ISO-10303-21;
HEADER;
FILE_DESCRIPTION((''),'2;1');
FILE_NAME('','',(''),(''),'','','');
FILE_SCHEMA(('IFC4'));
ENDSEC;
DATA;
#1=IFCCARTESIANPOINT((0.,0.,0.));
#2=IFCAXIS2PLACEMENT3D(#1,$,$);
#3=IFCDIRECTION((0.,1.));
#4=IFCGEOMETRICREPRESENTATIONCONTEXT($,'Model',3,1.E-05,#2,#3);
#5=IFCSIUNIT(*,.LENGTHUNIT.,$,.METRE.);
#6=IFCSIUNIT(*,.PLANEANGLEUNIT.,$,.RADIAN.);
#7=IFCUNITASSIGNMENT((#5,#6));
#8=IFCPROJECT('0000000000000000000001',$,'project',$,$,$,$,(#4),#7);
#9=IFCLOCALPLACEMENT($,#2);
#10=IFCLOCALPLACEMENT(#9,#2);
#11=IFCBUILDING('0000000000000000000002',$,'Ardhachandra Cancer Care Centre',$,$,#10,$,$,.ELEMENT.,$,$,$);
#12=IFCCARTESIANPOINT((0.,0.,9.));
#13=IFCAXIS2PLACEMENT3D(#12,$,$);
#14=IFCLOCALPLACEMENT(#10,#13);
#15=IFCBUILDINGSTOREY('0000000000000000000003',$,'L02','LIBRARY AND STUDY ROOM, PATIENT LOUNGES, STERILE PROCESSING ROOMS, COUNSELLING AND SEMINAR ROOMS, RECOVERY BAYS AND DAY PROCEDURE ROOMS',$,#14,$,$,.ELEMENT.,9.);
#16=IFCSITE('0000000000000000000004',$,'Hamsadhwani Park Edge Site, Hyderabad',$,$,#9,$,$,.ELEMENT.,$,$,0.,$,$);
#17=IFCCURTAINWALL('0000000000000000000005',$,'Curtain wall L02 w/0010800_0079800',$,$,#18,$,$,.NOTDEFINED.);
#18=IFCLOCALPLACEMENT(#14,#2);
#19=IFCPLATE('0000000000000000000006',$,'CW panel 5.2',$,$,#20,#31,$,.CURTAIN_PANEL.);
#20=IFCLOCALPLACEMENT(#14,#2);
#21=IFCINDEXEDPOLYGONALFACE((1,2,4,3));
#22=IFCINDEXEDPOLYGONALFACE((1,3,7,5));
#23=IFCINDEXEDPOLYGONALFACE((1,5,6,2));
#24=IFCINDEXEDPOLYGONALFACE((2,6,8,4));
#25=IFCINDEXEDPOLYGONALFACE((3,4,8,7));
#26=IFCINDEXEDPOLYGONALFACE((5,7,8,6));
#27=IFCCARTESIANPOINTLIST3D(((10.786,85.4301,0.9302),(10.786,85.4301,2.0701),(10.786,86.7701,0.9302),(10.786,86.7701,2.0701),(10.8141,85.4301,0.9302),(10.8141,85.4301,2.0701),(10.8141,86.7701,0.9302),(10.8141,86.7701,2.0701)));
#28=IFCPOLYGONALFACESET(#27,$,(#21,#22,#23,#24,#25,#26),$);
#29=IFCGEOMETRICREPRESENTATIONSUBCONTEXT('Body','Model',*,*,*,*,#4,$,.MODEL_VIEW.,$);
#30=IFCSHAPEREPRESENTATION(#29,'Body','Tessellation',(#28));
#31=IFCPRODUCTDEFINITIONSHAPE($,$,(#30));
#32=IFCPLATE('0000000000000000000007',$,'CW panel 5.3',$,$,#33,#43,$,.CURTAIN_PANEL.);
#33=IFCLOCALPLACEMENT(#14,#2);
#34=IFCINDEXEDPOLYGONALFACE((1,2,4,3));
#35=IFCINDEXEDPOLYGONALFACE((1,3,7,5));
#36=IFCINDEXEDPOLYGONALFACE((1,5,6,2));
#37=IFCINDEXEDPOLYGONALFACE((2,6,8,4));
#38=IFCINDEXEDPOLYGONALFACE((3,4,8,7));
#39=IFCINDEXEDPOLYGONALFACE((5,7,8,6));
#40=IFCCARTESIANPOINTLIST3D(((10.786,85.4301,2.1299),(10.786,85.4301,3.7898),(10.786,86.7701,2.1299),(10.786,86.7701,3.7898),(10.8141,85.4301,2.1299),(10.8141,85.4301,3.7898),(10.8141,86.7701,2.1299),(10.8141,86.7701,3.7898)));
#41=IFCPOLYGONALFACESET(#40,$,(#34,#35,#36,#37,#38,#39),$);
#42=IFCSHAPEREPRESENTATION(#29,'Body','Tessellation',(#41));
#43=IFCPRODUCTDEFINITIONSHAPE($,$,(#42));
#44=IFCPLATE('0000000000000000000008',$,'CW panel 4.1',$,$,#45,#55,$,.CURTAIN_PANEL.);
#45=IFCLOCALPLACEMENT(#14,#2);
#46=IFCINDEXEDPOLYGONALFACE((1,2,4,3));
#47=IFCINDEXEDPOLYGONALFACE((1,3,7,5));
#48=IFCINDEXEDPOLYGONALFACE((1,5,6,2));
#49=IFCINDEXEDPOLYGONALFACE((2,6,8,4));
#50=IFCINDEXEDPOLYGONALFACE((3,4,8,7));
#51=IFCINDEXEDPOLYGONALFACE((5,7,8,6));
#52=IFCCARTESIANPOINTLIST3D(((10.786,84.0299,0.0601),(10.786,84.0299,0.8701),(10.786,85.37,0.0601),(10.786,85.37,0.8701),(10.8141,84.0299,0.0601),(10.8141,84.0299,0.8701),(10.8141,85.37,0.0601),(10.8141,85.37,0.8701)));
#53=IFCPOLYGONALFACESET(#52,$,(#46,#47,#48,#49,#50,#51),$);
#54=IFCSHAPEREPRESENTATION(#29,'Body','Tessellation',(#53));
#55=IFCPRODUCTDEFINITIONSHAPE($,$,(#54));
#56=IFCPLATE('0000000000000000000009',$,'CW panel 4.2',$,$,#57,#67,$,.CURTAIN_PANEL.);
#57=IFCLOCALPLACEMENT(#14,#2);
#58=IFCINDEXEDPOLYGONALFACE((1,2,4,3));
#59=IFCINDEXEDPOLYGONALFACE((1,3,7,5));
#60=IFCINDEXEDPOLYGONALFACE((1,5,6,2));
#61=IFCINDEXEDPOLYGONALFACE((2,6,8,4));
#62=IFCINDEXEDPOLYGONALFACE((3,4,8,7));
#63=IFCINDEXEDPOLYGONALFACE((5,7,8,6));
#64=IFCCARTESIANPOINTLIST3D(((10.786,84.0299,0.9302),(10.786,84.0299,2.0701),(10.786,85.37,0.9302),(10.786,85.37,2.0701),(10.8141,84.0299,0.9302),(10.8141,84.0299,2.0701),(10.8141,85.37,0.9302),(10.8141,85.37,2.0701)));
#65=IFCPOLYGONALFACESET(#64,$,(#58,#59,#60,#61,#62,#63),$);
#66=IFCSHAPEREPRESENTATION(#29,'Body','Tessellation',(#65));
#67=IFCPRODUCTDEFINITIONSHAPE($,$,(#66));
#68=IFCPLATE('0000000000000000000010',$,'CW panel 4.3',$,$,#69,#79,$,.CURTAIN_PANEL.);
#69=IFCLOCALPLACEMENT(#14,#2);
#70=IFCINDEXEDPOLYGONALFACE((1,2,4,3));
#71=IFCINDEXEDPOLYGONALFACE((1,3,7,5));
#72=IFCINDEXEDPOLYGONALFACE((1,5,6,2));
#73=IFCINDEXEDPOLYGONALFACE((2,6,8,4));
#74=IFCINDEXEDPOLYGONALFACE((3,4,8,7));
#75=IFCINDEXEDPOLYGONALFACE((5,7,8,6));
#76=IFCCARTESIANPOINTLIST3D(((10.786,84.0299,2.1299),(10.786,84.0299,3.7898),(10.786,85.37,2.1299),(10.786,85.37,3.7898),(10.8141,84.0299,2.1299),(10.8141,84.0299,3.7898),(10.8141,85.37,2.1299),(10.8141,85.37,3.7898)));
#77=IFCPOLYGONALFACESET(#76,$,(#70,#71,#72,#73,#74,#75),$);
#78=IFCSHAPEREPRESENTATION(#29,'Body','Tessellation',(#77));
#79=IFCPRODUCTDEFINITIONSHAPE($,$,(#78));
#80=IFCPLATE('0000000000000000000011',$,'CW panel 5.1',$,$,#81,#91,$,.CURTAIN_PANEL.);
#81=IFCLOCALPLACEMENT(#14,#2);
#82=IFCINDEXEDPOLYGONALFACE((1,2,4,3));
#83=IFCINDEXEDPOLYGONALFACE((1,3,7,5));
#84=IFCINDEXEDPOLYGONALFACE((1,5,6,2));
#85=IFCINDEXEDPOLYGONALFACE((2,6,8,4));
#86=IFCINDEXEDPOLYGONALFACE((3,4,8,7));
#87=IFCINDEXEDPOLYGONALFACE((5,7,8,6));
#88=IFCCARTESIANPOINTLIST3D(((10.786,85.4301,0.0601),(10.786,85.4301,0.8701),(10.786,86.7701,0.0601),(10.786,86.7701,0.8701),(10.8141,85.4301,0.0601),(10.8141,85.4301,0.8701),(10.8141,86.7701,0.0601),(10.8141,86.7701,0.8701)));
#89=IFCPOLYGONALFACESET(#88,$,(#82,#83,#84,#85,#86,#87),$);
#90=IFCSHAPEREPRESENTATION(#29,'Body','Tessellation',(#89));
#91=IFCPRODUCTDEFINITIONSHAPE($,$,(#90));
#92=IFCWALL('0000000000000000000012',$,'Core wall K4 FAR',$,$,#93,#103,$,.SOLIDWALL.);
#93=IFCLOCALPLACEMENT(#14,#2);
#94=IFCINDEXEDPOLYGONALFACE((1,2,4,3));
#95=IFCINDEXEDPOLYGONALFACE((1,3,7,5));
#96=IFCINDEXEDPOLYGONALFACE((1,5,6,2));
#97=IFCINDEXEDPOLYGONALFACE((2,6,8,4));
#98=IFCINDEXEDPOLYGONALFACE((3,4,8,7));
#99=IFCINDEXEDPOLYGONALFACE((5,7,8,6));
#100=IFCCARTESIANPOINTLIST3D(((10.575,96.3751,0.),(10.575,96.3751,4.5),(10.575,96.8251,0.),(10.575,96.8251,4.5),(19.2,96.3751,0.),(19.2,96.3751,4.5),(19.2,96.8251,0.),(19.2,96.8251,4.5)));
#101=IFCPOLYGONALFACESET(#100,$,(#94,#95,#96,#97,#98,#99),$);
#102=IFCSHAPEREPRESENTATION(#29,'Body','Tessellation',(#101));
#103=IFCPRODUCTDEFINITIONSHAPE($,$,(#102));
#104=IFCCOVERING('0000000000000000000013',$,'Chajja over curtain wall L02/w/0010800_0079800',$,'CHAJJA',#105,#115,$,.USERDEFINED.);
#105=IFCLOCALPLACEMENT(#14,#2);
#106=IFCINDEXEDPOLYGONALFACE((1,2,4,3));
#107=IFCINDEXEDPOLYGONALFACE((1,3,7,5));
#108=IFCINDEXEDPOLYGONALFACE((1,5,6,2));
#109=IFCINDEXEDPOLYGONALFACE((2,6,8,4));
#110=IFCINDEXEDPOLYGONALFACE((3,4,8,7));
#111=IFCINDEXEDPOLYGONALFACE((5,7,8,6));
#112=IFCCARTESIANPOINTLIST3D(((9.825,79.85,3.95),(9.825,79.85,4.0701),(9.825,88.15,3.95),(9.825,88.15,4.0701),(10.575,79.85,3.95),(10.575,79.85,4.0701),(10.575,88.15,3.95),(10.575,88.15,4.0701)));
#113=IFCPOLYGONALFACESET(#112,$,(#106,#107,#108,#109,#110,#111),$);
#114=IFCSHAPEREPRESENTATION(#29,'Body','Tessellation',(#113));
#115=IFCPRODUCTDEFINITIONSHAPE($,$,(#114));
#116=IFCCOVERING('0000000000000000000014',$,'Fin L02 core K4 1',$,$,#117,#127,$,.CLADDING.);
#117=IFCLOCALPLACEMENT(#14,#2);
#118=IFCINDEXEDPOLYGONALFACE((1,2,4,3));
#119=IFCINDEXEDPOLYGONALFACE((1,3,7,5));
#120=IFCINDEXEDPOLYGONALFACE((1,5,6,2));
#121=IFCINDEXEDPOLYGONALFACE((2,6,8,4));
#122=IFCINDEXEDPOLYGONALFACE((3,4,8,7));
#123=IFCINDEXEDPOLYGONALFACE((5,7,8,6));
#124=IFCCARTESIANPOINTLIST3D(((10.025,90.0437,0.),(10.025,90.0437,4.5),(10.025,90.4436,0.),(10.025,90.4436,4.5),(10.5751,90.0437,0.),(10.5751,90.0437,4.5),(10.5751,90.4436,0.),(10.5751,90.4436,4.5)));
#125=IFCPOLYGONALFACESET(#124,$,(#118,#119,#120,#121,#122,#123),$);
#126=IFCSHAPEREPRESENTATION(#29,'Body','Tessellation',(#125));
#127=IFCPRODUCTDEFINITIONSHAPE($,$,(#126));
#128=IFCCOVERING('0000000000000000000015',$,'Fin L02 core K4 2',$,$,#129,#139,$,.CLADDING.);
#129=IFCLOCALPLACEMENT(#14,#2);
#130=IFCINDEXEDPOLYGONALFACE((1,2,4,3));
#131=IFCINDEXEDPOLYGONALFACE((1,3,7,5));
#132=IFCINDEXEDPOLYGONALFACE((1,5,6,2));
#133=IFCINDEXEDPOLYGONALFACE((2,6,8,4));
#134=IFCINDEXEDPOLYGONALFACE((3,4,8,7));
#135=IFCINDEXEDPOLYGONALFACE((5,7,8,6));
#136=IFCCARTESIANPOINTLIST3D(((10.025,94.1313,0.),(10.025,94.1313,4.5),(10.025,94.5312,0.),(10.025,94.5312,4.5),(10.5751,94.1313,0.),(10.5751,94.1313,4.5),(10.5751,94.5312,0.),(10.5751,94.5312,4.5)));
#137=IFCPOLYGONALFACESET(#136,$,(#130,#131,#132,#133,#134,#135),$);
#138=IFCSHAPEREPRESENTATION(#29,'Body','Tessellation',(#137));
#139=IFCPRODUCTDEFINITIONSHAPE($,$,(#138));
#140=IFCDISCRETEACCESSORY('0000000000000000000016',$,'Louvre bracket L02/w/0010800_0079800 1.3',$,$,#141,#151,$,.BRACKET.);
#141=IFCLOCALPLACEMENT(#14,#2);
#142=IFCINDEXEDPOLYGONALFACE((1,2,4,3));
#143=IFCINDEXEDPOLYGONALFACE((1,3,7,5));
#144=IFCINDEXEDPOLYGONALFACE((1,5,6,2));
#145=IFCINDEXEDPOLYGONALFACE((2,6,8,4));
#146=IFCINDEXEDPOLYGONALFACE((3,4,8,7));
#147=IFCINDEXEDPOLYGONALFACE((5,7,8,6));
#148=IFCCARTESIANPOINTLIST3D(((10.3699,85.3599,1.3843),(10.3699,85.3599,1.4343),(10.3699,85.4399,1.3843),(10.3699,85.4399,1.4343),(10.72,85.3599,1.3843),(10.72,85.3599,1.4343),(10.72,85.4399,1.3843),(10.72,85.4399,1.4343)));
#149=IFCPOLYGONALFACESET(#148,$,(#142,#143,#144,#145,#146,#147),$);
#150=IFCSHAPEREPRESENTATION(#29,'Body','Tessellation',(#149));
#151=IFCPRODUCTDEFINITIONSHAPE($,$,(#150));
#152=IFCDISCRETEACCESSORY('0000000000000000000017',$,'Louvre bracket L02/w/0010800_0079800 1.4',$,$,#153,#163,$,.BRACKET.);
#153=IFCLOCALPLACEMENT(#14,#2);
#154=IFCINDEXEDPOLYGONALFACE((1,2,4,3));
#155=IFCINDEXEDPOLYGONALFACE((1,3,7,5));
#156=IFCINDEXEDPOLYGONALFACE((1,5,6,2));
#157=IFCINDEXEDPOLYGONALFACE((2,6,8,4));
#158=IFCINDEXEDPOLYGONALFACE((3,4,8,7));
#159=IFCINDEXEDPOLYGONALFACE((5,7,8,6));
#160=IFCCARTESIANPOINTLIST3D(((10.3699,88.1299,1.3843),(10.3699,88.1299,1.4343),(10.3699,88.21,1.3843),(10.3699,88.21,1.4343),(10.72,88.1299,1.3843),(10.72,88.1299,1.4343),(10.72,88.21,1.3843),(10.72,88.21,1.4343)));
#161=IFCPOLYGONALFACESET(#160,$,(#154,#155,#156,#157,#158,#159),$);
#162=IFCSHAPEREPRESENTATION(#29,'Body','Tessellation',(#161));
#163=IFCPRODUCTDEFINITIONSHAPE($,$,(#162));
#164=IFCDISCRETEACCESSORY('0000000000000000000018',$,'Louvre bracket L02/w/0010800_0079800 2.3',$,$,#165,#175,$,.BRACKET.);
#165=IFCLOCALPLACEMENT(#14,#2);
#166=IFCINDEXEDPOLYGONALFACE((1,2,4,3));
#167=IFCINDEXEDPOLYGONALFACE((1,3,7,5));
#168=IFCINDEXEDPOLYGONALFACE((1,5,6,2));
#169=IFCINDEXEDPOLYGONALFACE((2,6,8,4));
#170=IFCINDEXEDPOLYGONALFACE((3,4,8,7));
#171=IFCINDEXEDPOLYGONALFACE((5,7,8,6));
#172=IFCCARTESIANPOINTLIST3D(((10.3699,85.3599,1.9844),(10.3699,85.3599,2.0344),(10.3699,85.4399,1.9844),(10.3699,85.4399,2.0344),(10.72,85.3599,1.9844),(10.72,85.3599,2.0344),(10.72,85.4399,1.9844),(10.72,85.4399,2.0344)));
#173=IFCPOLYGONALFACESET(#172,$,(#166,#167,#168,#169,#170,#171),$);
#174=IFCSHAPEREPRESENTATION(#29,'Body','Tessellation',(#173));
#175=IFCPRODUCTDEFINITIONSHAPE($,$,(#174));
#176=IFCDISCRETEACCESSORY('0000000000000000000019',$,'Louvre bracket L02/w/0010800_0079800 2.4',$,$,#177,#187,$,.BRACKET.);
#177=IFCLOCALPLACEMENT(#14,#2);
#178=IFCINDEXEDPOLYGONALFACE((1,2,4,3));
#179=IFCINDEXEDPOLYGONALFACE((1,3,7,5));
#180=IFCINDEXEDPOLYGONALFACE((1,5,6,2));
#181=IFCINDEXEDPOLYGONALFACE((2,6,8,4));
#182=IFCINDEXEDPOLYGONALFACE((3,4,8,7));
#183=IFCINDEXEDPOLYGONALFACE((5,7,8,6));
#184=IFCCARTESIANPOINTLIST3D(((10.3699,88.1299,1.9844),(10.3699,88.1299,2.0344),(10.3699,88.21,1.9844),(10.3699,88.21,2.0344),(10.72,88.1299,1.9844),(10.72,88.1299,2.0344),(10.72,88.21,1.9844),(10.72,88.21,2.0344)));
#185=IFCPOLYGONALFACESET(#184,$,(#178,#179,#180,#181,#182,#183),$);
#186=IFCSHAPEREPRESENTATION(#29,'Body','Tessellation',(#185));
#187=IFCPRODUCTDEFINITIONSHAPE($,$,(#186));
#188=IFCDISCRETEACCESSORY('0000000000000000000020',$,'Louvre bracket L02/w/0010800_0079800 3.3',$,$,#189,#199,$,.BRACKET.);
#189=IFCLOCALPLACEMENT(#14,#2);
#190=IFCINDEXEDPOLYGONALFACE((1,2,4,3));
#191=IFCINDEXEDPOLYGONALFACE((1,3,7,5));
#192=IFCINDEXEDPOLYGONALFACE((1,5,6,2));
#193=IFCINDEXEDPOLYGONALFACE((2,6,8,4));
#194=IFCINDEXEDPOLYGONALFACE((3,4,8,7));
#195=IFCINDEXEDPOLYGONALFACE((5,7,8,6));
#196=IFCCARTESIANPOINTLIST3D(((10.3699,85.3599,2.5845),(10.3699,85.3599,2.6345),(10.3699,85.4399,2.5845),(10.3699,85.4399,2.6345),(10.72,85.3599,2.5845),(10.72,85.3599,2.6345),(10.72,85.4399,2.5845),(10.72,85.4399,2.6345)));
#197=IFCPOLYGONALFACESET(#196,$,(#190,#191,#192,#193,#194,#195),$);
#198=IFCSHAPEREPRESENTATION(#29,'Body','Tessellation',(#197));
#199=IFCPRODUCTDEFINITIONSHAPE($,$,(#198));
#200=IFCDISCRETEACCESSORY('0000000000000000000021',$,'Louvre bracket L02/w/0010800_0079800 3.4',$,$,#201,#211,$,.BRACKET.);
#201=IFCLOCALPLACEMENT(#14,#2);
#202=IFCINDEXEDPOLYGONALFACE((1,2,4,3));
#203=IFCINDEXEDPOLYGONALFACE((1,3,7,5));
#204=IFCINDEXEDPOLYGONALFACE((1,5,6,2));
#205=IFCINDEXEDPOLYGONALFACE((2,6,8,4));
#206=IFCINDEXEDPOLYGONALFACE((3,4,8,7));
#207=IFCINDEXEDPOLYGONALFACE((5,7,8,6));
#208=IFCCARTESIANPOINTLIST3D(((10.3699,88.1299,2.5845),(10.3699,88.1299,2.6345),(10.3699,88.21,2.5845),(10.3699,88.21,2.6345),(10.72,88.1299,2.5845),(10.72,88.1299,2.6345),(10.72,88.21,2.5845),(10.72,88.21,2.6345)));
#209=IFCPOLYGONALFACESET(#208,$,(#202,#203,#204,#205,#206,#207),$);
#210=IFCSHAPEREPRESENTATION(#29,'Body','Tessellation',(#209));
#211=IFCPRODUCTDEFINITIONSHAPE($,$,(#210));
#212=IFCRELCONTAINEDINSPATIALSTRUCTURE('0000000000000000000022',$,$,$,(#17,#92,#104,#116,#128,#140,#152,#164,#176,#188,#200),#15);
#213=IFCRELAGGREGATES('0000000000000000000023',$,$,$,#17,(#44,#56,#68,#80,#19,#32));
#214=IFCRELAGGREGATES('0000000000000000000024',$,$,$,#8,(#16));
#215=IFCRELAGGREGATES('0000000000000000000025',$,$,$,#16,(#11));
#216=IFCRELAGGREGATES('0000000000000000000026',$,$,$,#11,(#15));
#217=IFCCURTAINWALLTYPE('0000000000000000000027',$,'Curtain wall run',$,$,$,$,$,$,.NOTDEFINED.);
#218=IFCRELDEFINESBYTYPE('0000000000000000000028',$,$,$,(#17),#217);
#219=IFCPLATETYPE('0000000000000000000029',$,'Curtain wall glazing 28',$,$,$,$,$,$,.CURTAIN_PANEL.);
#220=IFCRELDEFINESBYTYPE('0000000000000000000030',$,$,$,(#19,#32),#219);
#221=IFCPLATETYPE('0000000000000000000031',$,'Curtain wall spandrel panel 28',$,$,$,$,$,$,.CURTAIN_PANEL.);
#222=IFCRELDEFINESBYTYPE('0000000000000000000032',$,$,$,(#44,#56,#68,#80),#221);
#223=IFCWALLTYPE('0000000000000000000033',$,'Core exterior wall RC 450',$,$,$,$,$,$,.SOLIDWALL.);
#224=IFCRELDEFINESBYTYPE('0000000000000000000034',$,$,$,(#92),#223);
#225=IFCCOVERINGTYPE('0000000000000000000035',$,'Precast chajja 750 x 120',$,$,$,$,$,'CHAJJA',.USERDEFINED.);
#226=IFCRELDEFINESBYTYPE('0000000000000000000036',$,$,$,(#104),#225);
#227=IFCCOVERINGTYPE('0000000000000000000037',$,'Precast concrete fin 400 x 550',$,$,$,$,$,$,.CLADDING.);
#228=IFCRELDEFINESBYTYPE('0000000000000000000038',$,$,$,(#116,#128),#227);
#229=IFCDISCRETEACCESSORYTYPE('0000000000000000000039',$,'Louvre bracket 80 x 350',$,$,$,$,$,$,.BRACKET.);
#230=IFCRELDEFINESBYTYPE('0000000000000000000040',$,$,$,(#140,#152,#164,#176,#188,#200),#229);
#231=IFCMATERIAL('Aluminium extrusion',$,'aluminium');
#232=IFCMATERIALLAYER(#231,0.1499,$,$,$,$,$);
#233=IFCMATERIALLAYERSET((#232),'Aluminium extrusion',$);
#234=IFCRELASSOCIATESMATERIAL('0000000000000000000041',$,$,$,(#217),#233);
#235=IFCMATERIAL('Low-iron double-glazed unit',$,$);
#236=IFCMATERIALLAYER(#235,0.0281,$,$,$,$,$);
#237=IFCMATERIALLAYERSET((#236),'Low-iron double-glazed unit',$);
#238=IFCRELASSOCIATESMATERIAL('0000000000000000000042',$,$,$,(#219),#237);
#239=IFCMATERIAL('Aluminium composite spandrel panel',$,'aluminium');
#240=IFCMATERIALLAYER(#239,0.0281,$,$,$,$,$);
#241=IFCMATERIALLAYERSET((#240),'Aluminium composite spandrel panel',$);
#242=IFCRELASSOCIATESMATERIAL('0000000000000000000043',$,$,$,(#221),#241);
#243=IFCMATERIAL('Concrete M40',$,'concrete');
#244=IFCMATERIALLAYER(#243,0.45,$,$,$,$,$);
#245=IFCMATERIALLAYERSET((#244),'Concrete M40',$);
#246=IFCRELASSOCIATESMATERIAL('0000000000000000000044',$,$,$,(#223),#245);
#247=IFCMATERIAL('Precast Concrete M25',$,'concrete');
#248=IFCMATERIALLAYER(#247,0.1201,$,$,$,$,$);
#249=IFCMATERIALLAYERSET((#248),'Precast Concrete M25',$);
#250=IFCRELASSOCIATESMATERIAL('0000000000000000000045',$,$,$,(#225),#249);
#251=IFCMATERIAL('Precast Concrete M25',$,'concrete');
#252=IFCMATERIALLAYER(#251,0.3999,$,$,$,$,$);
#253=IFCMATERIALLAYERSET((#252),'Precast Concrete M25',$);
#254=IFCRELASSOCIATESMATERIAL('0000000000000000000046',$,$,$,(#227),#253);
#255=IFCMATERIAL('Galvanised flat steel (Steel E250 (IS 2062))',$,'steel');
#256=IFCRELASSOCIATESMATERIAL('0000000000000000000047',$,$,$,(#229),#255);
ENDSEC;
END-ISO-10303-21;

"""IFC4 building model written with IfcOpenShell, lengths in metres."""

from ifc_helpers import new_model, si_unit, direction, frame, frame_2d, origin, origin_2d, place, context, subcontext, project, spatial, rectangle, extrude, material, layer, layer_set, type_object, element, aggregate, save


model = new_model("IFC4")

# Units and contexts
model_context = context("Model", 3, precision=1e-05, world=origin(), true_north=direction((0.0, 1.0)))
body_context = subcontext(model_context, "Body", "Model", "MODEL_VIEW")
ifc_project = project(units=[si_unit("LENGTHUNIT", "METRE"), si_unit("PLANEANGLEUNIT", "RADIAN")], contexts=[model_context])

# Site, building, storey
site_placement = place(None, origin())
site = spatial("IfcSite", under=ifc_project, at=site_placement, Name="Hamsadhwani Park Edge Site, Hyderabad", CompositionType="ELEMENT", RefElevation=0.0)
building_placement = place(site_placement, origin())
building = spatial("IfcBuilding", under=site, at=building_placement, Name="Ardhachandra Cancer Care Centre", CompositionType="ELEMENT")
storey_placement = place(building_placement, frame((0.0, 0.0, 9.0)))
storey = spatial("IfcBuildingStorey", under=building, at=storey_placement, Name="L02", Description="LIBRARY AND STUDY ROOM, PATIENT LOUNGES, STERILE PROCESSING ROOMS, COUNSELLING AND SEMINAR ROOMS, RECOVERY BAYS AND DAY PROCEDURE ROOMS", CompositionType="ELEMENT", Elevation=9.0)

# Curtain wall, plates
ifc_material_1 = material(Name="Aluminium extrusion", Category="aluminium")
ifc_layer_1 = layer(ifc_material_1, 0.1499)
ifc_layer_set_1 = layer_set([ifc_layer_1], Name="Aluminium extrusion")
curtain_wall_type = type_object("IfcCurtainWallType", Name="Curtain wall run", PredefinedType="NOTDEFINED", material=ifc_layer_set_1)
curtain_wall_placement = place(storey_placement, origin())
curtain_wall = element("IfcCurtainWall", 1, at=curtain_wall_placement, inside=storey, type_object=curtain_wall_type, Name="Curtain wall L02 w/0010800_0079800", PredefinedType="NOTDEFINED")
ifc_material_2 = material(Name="Low-iron double-glazed unit")
ifc_layer_2 = layer(ifc_material_2, 0.0281)
ifc_layer_set_2 = layer_set([ifc_layer_2], Name="Low-iron double-glazed unit")
plate_type_1 = type_object("IfcPlateType", Name="Curtain wall glazing 28", PredefinedType="CURTAIN_PANEL", material=ifc_layer_set_2)
plate_1_placement = place(storey_placement, frame((10.8, 86.1001, 0.9302), z_axis=(0.0, 0.0, 1.0), x_axis=(0.0, 1.0, 0.0)))
plate_1 = element("IfcPlate", 2, at=plate_1_placement, type_object=plate_type_1, Name="CW panel 5.2", PredefinedType="CURTAIN_PANEL", context=body_context, shape_type="SweptSolid", body=[
    extrude(rectangle(XDim=1.3401, YDim=0.0281, at=origin_2d()), origin(), (0.0, 0.0, 1.0), 1.1399),
])
plate_2_placement = place(storey_placement, frame((10.8, 86.1001, 2.1299), z_axis=(0.0, 0.0, 1.0), x_axis=(0.0, 1.0, 0.0)))
plate_2 = element("IfcPlate", 3, at=plate_2_placement, type_object=plate_type_1, Name="CW panel 5.3", PredefinedType="CURTAIN_PANEL", context=body_context, shape_type="SweptSolid", body=[
    extrude(rectangle(XDim=1.3401, YDim=0.0281, at=origin_2d()), origin(), (0.0, 0.0, 1.0), 1.6599),
])
ifc_material_3 = material(Name="Aluminium composite spandrel panel", Category="aluminium")
ifc_layer_3 = layer(ifc_material_3, 0.0281)
ifc_layer_set_3 = layer_set([ifc_layer_3], Name="Aluminium composite spandrel panel")
plate_type_2 = type_object("IfcPlateType", Name="Curtain wall spandrel panel 28", PredefinedType="CURTAIN_PANEL", material=ifc_layer_set_3)
plate_3_placement = place(storey_placement, frame((10.8, 84.7, 0.0601), z_axis=(0.0, 0.0, 1.0), x_axis=(0.0, 1.0, 0.0)))
plate_3 = element("IfcPlate", 4, at=plate_3_placement, type_object=plate_type_2, Name="CW panel 4.1", PredefinedType="CURTAIN_PANEL", context=body_context, shape_type="SweptSolid", body=[
    extrude(rectangle(XDim=1.3401, YDim=0.0281, at=origin_2d()), origin(), (0.0, 0.0, 1.0), 0.8101),
])
plate_4_placement = place(storey_placement, frame((10.8, 84.7, 0.9302), z_axis=(0.0, 0.0, 1.0), x_axis=(0.0, 1.0, 0.0)))
plate_4 = element("IfcPlate", 5, at=plate_4_placement, type_object=plate_type_2, Name="CW panel 4.2", PredefinedType="CURTAIN_PANEL", context=body_context, shape_type="SweptSolid", body=[
    extrude(rectangle(XDim=1.3401, YDim=0.0281, at=origin_2d()), origin(), (0.0, 0.0, 1.0), 1.1399),
])
plate_5_placement = place(storey_placement, frame((10.8, 84.7, 2.1299), z_axis=(0.0, 0.0, 1.0), x_axis=(0.0, 1.0, 0.0)))
plate_5 = element("IfcPlate", 6, at=plate_5_placement, type_object=plate_type_2, Name="CW panel 4.3", PredefinedType="CURTAIN_PANEL", context=body_context, shape_type="SweptSolid", body=[
    extrude(rectangle(XDim=1.3401, YDim=0.0281, at=origin_2d()), origin(), (0.0, 0.0, 1.0), 1.6599),
])
plate_6_placement = place(storey_placement, frame((10.8, 86.1001, 0.0601), z_axis=(0.0, 0.0, 1.0), x_axis=(0.0, 1.0, 0.0)))
plate_6 = element("IfcPlate", 7, at=plate_6_placement, type_object=plate_type_2, Name="CW panel 5.1", PredefinedType="CURTAIN_PANEL", context=body_context, shape_type="SweptSolid", body=[
    extrude(rectangle(XDim=1.3401, YDim=0.0281, at=origin_2d()), origin(), (0.0, 0.0, 1.0), 0.8101),
])
aggregate(curtain_wall, [plate_3, plate_4, plate_5, plate_6, plate_1, plate_2])

# Wall
ifc_material_4 = material(Name="Concrete M40", Category="concrete")
ifc_layer_4 = layer(ifc_material_4, 0.45)
ifc_layer_set_4 = layer_set([ifc_layer_4], Name="Concrete M40")
wall_type = type_object("IfcWallType", Name="Core exterior wall RC 450", PredefinedType="SOLIDWALL", material=ifc_layer_set_4)
wall_placement = place(storey_placement, frame((10.575, 96.6001, 0.0), z_axis=(0.0, 0.0, 1.0), x_axis=(1.0, 0.0, 0.0)))
element("IfcWall", 8, at=wall_placement, inside=storey, type_object=wall_type, Name="Core wall K4 FAR", PredefinedType="SOLIDWALL", context=body_context, shape_type="SweptSolid", body=[
    extrude(rectangle(XDim=8.625, YDim=0.45, at=frame_2d((4.3125, 0.0))), origin(), (0.0, 0.0, 1.0), 4.5),
])

# Coverings
ifc_material_5 = material(Name="Precast Concrete M25", Category="concrete")
ifc_layer_5 = layer(ifc_material_5, 0.1201)
ifc_layer_set_5 = layer_set([ifc_layer_5], Name="Precast Concrete M25")
covering_type_1 = type_object("IfcCoveringType", Name="Precast chajja 750 x 120", ElementType="CHAJJA", PredefinedType="USERDEFINED", material=ifc_layer_set_5)
covering_placement = place(storey_placement, frame((10.2, 84.0, 3.95), z_axis=(0.0, 0.0, 1.0), x_axis=(0.0, 1.0, 0.0)))
element("IfcCovering", 9, at=covering_placement, inside=storey, type_object=covering_type_1, Name="Chajja over curtain wall L02/w/0010800_0079800", ObjectType="CHAJJA", PredefinedType="USERDEFINED", context=body_context, shape_type="SweptSolid", body=[
    extrude(rectangle(XDim=8.3, YDim=0.75, at=origin_2d()), origin(), (0.0, 0.0, 1.0), 0.1201),
])
ifc_material_6 = material(Name="Precast Concrete M25", Category="concrete")
ifc_layer_6 = layer(ifc_material_6, 0.3999)
ifc_layer_set_6 = layer_set([ifc_layer_6], Name="Precast Concrete M25")
covering_type_2 = type_object("IfcCoveringType", Name="Precast concrete fin 400 x 550", PredefinedType="CLADDING", material=ifc_layer_set_6)
for number, where, z_axis, x_axis, name in (
    (10, (10.3, 90.2437, 0.0), (0.0, 0.0, 1.0), (0.0, 1.0, 0.0), "Fin L02 core K4 1"),
    (11, (10.3, 94.3313, 0.0), (0.0, 0.0, 1.0), (0.0, 1.0, 0.0), "Fin L02 core K4 2"),
):
    element("IfcCovering", number, at=place(storey_placement, frame(where, z_axis=z_axis, x_axis=x_axis)), inside=storey, type_object=covering_type_2, Name=name, PredefinedType="CLADDING", context=body_context, shape_type="SweptSolid", body=[
        extrude(rectangle(XDim=0.3999, YDim=0.55, at=origin_2d()), origin(), (0.0, 0.0, 1.0), 4.5),
    ])

# Discrete accessories
ifc_material_7 = material(Name="Galvanised flat steel (Steel E250 (IS 2062))", Category="steel")
discrete_accessory_type = type_object("IfcDiscreteAccessoryType", Name="Louvre bracket 80 x 350", PredefinedType="BRACKET", material=ifc_material_7)
for number, where, z_axis, x_axis, name in (
    (12, (10.5449, 85.3999, 1.3843), (0.0, 0.0, 1.0), (0.0, 1.0, 0.0), "Louvre bracket L02/w/0010800_0079800 1.3"),
    (13, (10.5449, 88.1699, 1.3843), (0.0, 0.0, 1.0), (0.0, 1.0, 0.0), "Louvre bracket L02/w/0010800_0079800 1.4"),
    (14, (10.5449, 85.3999, 1.9844), (0.0, 0.0, 1.0), (0.0, 1.0, 0.0), "Louvre bracket L02/w/0010800_0079800 2.3"),
    (15, (10.5449, 88.1699, 1.9844), (0.0, 0.0, 1.0), (0.0, 1.0, 0.0), "Louvre bracket L02/w/0010800_0079800 2.4"),
    (16, (10.5449, 85.3999, 2.5845), (0.0, 0.0, 1.0), (0.0, 1.0, 0.0), "Louvre bracket L02/w/0010800_0079800 3.3"),
    (17, (10.5449, 88.1699, 2.5845), (0.0, 0.0, 1.0), (0.0, 1.0, 0.0), "Louvre bracket L02/w/0010800_0079800 3.4"),
):
    element("IfcDiscreteAccessory", number, at=place(storey_placement, frame(where, z_axis=z_axis, x_axis=x_axis)), inside=storey, type_object=discrete_accessory_type, Name=name, PredefinedType="BRACKET", context=body_context, shape_type="SweptSolid", body=[
        extrude(rectangle(XDim=0.0801, YDim=0.3501, at=origin_2d()), origin(), (0.0, 0.0, 1.0), 0.05),
    ])

save(model, "model.ifc")
